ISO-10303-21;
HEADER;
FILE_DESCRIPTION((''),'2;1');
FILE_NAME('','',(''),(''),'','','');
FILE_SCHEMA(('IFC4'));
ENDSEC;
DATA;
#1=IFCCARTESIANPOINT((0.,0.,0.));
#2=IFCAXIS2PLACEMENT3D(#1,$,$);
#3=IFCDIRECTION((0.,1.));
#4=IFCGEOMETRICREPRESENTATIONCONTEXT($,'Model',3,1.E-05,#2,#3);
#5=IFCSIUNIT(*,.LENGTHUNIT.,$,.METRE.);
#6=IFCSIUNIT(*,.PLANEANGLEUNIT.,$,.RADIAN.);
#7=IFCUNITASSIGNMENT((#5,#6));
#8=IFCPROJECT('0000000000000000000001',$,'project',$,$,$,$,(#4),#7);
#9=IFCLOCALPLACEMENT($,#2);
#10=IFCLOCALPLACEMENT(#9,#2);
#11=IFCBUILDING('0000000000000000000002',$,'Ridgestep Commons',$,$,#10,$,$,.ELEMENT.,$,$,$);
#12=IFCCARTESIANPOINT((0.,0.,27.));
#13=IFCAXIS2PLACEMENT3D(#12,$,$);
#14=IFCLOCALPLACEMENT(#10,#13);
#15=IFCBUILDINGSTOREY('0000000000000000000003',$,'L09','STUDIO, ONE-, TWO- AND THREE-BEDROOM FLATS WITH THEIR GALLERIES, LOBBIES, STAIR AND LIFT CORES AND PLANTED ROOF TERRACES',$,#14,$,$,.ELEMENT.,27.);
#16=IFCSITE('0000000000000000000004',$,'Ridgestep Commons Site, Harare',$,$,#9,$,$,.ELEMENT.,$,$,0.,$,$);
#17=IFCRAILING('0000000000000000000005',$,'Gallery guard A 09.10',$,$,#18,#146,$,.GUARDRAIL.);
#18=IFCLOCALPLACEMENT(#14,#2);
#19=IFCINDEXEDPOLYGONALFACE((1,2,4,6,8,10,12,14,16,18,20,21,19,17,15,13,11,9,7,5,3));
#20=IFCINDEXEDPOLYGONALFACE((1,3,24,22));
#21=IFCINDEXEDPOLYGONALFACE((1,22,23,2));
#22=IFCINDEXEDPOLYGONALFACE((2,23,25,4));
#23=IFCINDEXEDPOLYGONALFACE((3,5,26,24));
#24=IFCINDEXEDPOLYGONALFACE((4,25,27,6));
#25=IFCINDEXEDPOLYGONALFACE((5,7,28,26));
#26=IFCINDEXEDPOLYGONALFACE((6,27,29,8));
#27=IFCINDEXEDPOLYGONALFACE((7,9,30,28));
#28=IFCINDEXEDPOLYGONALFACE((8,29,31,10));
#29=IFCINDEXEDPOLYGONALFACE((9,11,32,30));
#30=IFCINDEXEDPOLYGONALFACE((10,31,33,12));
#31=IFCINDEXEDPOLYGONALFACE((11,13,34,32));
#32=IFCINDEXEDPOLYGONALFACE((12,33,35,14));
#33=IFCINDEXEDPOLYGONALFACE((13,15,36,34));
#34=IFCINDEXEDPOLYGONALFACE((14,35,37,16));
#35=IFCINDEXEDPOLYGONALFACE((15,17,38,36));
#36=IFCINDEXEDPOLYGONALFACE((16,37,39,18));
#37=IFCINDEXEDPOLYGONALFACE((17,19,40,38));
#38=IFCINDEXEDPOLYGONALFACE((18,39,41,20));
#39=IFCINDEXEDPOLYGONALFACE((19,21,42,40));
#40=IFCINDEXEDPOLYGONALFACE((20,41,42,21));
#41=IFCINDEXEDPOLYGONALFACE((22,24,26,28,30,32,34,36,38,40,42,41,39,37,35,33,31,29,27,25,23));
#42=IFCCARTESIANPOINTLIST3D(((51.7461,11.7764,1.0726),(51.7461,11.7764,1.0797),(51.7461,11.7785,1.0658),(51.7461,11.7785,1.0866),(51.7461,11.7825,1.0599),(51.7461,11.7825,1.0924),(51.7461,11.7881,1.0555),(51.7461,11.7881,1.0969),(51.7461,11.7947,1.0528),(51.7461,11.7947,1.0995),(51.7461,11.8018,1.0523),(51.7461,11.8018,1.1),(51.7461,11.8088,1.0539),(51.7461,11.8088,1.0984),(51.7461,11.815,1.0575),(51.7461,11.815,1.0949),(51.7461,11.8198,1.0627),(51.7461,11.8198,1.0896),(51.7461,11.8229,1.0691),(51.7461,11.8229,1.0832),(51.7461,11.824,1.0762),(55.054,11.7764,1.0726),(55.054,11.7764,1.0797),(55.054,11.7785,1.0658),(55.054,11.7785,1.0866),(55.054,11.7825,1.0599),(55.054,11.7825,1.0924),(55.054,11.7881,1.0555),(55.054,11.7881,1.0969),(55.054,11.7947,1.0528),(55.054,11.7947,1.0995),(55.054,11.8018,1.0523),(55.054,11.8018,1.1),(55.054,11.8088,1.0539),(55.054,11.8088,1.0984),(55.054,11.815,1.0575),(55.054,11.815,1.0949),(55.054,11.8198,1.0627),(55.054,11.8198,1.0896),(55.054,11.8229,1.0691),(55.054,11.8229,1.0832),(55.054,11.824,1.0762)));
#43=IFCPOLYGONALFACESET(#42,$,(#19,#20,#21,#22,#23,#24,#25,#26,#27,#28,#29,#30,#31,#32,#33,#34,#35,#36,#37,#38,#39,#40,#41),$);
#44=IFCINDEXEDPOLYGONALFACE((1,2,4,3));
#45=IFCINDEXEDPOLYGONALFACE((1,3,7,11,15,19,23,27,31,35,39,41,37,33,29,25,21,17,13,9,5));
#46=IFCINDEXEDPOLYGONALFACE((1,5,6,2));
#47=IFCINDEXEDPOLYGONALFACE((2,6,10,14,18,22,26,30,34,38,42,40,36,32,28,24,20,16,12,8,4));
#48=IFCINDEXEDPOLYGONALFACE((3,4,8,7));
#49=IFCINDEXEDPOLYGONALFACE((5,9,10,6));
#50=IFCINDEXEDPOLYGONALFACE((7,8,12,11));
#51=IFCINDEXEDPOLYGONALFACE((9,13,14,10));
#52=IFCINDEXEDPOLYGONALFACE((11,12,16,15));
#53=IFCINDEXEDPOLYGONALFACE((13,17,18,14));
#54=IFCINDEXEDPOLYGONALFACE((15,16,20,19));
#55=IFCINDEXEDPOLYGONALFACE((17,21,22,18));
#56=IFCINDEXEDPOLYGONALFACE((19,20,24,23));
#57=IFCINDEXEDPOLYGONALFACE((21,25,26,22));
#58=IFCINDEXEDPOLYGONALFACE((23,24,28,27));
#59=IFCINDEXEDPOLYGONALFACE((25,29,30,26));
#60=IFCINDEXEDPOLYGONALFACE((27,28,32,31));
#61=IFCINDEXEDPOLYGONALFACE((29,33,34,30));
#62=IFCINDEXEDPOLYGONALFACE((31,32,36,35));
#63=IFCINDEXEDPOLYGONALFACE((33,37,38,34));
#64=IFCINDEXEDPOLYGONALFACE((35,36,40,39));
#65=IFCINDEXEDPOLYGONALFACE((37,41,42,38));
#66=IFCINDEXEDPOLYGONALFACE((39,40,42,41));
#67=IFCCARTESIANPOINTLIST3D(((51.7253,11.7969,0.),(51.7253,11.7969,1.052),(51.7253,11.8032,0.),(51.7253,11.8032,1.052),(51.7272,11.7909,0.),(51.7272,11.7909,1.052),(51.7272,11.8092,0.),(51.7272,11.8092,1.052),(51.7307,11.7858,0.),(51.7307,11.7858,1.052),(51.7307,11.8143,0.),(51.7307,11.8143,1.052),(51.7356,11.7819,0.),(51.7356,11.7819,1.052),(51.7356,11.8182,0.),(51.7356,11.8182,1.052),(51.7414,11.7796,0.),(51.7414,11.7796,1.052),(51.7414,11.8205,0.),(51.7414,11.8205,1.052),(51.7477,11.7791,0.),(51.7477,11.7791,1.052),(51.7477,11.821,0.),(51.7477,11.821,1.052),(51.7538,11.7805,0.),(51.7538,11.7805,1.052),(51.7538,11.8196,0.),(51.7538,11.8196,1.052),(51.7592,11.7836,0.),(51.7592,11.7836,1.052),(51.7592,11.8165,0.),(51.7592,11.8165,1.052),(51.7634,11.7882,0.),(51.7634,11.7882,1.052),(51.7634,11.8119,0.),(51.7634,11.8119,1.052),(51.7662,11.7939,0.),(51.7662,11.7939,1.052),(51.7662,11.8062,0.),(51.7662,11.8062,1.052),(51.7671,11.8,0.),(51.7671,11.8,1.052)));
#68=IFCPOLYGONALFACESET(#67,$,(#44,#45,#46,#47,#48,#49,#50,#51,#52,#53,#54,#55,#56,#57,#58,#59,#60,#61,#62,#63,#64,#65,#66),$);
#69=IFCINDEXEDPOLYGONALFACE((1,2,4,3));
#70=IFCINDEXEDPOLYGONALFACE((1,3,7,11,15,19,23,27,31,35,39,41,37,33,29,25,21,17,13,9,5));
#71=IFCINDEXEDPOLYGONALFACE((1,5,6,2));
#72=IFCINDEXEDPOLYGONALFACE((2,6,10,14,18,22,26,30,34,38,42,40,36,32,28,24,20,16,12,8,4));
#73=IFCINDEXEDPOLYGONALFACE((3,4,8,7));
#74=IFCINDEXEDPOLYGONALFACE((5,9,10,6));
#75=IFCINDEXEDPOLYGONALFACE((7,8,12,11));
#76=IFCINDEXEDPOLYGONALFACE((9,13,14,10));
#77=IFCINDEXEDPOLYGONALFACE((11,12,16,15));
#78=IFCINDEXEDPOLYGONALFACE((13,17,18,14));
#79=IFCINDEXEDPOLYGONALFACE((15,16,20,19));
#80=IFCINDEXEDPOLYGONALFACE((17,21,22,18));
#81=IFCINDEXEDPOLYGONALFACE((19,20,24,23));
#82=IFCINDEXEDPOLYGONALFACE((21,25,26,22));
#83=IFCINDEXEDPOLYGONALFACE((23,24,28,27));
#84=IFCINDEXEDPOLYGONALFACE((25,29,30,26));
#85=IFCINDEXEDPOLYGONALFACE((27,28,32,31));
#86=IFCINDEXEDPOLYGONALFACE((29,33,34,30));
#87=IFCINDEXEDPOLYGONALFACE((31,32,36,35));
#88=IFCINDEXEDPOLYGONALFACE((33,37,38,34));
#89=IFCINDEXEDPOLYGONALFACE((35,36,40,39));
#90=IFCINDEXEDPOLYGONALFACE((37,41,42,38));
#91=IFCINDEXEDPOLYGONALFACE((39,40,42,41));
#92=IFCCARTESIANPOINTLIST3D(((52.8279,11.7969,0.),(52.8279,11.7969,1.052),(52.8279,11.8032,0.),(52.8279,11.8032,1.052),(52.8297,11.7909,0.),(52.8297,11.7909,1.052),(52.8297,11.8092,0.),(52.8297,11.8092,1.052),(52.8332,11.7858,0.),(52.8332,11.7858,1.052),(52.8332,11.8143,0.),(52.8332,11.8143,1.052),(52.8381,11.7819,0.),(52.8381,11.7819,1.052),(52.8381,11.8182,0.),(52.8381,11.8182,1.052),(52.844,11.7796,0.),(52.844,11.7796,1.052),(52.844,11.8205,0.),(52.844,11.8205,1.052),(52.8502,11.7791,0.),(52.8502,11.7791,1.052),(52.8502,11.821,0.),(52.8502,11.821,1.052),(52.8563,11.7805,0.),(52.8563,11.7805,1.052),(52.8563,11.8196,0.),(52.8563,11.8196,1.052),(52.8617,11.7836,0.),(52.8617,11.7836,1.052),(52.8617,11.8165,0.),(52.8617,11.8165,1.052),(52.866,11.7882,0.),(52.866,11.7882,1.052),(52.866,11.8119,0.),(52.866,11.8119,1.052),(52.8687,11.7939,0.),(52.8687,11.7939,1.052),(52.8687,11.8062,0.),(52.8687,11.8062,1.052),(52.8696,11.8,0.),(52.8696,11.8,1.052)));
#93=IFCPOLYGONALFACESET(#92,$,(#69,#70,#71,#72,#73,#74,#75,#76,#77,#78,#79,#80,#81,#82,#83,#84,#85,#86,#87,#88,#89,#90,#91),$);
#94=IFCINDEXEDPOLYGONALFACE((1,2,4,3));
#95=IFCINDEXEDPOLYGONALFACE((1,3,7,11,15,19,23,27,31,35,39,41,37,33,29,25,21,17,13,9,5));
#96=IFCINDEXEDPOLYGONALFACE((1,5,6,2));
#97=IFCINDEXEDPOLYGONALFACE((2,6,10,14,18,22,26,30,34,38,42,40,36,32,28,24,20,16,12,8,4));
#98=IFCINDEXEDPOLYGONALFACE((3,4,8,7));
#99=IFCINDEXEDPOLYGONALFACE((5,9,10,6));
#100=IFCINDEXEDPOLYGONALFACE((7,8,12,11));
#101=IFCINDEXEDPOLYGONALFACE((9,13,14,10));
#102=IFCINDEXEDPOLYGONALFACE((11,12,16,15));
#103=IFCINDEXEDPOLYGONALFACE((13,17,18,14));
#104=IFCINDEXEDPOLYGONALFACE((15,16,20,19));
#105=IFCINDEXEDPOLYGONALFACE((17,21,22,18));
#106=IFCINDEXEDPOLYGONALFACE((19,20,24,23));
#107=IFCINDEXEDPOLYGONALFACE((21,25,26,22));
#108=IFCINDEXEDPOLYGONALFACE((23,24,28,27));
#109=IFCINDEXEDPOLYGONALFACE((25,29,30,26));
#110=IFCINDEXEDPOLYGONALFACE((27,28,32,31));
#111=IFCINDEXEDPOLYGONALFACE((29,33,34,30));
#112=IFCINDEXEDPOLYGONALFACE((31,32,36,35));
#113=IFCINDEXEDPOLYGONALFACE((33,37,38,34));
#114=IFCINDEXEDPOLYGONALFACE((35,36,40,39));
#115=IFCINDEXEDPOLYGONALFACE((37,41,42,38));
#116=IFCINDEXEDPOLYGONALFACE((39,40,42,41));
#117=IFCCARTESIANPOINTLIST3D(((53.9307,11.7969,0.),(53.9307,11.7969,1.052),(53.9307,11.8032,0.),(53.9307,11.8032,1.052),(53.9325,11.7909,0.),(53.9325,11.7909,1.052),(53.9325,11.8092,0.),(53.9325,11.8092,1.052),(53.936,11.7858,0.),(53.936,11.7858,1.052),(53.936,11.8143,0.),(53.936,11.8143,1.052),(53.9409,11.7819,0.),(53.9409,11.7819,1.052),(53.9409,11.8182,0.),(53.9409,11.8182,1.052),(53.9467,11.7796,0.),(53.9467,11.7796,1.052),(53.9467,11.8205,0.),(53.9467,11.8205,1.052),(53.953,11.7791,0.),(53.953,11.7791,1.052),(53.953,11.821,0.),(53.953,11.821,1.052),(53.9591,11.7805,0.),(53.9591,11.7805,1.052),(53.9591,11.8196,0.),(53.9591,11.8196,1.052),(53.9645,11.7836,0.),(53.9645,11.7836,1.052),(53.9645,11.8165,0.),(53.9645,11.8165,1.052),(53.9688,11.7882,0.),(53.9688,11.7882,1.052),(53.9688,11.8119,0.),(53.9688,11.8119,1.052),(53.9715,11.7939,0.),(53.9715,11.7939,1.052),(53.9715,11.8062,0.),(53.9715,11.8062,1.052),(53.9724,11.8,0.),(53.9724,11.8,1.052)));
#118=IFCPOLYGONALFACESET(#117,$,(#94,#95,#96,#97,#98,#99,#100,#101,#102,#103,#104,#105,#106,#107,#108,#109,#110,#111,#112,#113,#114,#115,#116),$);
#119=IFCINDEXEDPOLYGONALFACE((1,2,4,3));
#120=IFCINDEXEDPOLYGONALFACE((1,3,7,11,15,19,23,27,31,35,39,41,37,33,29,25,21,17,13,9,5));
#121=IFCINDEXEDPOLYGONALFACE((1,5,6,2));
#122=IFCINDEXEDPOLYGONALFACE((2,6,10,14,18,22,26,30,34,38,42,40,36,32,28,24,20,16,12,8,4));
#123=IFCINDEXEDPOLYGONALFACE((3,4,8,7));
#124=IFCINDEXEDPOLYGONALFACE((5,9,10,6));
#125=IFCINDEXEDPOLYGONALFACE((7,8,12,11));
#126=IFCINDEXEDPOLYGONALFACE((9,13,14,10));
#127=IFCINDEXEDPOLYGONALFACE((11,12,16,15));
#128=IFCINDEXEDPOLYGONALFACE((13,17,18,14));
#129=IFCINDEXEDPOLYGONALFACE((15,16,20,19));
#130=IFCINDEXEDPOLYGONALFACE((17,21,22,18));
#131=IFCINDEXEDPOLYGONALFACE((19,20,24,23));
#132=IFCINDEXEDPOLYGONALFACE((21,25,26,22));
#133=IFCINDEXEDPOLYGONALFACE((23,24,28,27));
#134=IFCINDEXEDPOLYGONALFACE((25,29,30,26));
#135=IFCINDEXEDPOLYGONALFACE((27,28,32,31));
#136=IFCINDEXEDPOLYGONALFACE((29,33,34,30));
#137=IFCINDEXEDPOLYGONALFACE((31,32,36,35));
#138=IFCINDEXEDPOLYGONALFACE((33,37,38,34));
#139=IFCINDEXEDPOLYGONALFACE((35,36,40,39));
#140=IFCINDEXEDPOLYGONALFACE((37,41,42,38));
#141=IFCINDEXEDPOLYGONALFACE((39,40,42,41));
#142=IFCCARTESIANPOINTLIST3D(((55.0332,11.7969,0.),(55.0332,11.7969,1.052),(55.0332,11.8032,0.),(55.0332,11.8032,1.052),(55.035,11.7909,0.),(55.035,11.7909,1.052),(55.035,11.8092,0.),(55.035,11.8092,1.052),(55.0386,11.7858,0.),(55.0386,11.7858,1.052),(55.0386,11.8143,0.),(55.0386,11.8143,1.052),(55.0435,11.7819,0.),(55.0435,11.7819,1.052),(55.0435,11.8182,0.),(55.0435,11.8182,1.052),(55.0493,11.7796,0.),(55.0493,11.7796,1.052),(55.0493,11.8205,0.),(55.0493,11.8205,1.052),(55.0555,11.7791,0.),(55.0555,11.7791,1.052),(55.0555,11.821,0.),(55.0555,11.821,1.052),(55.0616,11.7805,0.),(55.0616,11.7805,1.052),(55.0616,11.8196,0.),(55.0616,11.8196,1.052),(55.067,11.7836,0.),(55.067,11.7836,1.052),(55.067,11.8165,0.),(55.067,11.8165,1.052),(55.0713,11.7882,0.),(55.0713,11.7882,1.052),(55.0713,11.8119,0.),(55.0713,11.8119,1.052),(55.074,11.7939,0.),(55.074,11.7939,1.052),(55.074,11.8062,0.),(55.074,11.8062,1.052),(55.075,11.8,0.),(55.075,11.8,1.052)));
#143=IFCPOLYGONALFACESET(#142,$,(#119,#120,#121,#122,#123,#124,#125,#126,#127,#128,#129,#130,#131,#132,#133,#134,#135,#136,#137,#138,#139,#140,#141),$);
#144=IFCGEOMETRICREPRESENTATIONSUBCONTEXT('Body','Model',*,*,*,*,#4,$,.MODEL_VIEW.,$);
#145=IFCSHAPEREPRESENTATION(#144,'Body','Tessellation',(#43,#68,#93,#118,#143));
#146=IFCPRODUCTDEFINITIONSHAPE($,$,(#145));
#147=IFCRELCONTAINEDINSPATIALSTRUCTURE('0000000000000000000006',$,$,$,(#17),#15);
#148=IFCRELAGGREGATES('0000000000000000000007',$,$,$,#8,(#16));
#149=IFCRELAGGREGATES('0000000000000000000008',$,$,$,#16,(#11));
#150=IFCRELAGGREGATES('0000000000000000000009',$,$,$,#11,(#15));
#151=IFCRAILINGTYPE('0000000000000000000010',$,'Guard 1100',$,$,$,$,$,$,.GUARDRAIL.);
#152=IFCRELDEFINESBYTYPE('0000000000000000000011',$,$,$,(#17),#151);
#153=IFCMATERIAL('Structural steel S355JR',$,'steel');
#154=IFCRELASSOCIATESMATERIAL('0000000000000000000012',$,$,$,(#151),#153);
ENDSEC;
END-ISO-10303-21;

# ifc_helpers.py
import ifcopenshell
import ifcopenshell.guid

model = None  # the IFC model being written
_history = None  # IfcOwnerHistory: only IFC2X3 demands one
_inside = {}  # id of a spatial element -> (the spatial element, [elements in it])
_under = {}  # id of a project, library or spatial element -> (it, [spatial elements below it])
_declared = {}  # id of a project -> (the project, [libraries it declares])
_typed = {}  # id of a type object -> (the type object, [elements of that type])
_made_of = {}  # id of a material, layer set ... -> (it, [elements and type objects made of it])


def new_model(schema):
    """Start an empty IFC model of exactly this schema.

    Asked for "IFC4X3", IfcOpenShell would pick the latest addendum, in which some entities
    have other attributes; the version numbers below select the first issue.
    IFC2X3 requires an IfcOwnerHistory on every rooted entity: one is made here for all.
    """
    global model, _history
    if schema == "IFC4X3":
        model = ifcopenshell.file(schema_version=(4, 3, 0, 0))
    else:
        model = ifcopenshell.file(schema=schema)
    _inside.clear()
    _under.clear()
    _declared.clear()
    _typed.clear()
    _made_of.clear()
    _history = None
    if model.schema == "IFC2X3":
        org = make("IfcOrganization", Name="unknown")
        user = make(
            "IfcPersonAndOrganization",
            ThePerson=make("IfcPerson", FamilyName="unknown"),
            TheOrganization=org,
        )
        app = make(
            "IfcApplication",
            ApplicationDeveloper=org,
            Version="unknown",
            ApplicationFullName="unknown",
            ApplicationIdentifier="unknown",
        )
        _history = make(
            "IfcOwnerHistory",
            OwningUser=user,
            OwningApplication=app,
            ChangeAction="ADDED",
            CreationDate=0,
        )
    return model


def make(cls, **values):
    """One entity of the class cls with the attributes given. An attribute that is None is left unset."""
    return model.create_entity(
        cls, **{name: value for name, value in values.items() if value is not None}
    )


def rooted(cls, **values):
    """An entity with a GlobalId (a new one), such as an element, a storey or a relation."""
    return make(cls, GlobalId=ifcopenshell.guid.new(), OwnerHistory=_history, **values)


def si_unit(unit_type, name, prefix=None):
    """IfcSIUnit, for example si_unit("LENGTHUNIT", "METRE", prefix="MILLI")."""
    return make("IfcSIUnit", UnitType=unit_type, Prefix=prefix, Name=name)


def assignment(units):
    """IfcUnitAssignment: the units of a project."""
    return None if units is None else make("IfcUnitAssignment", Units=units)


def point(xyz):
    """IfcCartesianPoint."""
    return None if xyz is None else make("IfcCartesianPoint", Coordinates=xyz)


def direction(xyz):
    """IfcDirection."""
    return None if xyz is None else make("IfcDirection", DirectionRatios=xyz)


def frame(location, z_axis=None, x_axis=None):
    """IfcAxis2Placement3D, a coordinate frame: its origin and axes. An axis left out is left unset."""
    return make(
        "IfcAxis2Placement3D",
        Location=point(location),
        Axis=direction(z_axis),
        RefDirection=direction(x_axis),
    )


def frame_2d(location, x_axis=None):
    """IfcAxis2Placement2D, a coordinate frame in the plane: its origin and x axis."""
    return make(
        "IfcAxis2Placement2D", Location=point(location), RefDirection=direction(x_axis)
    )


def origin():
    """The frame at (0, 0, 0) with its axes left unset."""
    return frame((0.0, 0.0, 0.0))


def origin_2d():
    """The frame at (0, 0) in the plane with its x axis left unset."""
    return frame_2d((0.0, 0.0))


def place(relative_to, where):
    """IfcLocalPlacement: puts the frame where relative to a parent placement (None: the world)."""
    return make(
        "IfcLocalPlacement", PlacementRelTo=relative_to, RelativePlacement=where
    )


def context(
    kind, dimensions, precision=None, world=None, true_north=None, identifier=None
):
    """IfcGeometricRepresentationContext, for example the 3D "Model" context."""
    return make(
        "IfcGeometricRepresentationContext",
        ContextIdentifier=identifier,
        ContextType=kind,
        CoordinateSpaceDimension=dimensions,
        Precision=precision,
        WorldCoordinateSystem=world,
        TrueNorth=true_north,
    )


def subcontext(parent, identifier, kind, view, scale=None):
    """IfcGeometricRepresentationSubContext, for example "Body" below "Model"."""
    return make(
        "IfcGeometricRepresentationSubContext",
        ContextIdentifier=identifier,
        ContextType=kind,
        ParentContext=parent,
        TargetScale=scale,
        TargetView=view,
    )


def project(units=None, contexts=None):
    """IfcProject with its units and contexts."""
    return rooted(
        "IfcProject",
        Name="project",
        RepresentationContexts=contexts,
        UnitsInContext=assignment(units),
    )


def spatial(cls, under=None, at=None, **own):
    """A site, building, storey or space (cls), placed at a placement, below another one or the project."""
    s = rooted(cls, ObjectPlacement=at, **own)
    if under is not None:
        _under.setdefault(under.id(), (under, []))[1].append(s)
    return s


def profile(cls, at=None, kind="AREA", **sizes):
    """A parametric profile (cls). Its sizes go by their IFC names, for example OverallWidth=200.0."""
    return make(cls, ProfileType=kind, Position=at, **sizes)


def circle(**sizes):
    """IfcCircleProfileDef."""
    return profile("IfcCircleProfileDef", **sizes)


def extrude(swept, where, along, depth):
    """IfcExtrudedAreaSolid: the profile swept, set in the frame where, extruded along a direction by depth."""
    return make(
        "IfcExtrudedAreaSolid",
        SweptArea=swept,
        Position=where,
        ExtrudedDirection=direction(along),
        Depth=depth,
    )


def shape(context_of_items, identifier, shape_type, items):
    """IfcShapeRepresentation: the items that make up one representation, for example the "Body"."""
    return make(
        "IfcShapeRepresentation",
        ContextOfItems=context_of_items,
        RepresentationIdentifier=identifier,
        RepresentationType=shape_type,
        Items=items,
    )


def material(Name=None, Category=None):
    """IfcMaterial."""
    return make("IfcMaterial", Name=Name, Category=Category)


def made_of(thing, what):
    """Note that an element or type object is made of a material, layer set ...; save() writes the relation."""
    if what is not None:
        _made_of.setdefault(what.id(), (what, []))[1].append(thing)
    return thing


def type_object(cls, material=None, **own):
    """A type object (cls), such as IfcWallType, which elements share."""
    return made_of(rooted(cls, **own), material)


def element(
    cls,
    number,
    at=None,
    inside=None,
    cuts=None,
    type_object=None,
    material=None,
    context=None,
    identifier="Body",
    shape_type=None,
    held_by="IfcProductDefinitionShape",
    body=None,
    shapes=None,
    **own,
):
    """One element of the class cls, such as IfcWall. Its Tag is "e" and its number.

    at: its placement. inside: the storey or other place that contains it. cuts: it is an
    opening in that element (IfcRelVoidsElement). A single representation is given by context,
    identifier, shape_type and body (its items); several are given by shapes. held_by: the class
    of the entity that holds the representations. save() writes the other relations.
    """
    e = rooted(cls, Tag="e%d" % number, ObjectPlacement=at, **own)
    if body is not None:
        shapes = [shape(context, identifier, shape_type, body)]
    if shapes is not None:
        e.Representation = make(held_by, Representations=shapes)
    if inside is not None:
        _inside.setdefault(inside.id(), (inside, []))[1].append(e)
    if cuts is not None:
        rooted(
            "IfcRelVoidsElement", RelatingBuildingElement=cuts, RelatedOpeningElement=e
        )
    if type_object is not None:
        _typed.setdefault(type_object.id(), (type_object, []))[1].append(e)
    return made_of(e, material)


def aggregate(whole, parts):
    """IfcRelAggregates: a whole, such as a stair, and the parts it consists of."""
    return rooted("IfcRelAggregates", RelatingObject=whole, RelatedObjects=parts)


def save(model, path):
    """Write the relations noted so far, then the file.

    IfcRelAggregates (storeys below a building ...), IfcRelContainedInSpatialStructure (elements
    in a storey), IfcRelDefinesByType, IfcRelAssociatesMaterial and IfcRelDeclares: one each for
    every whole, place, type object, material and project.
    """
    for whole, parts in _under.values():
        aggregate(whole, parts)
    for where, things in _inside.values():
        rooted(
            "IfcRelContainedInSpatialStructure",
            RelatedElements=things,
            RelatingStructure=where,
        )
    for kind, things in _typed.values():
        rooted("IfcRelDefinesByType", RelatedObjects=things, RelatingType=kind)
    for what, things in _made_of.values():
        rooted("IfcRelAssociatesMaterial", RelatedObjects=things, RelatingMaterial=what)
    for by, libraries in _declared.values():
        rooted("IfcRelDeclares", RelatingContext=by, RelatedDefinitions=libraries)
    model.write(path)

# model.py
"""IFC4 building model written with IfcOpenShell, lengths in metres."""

from ifc_helpers import new_model, si_unit, direction, frame, origin, origin_2d, place, context, subcontext, project, spatial, circle, extrude, material, type_object, element, save


model = new_model("IFC4")

# Units and contexts
model_context = context("Model", 3, precision=1e-05, world=origin(), true_north=direction((0.0, 1.0)))
body_context = subcontext(model_context, "Body", "Model", "MODEL_VIEW")
ifc_project = project(units=[si_unit("LENGTHUNIT", "METRE"), si_unit("PLANEANGLEUNIT", "RADIAN")], contexts=[model_context])

# Site, building, storey
site_placement = place(None, origin())
site = spatial("IfcSite", under=ifc_project, at=site_placement, Name="Ridgestep Commons Site, Harare", CompositionType="ELEMENT", RefElevation=0.0)
building_placement = place(site_placement, origin())
building = spatial("IfcBuilding", under=site, at=building_placement, Name="Ridgestep Commons", CompositionType="ELEMENT")
storey_placement = place(building_placement, frame((0.0, 0.0, 27.0)))
storey = spatial("IfcBuildingStorey", under=building, at=storey_placement, Name="L09", Description="STUDIO, ONE-, TWO- AND THREE-BEDROOM FLATS WITH THEIR GALLERIES, LOBBIES, STAIR AND LIFT CORES AND PLANTED ROOF TERRACES", CompositionType="ELEMENT", Elevation=27.0)

# Railing
ifc_material_1 = material(Name="Structural steel S355JR", Category="steel")
railing_type_1 = type_object("IfcRailingType", Name="Guard 1100", PredefinedType="GUARDRAIL", material=ifc_material_1)
railing_1_placement = place(storey_placement, frame((51.7461, 11.8, 0.0)))
element("IfcRailing", 1, at=railing_1_placement, inside=storey, type_object=railing_type_1, Name="Gallery guard A 09.10", PredefinedType="GUARDRAIL", context=body_context, shape_type="SweptSolid", body=[
    extrude(circle(Radius=0.0239, at=origin_2d()), frame((0.0, 0.0, 1.0762), z_axis=(1.0, 0.0, 0.0), x_axis=(0.0, 1.0, 0.0)), (0.0, 0.0, 1.0), 3.3079),
    extrude(circle(Radius=0.021, at=origin_2d()), origin(), (0.0, 0.0, 1.0), 1.052),
    extrude(circle(Radius=0.021, at=origin_2d()), frame((1.1025, 0.0, 0.0)), (0.0, 0.0, 1.0), 1.052),
    extrude(circle(Radius=0.021, at=origin_2d()), frame((2.2053, 0.0, 0.0)), (0.0, 0.0, 1.0), 1.052),
    extrude(circle(Radius=0.021, at=origin_2d()), frame((3.3079, 0.0, 0.0)), (0.0, 0.0, 1.0), 1.052),
])

save(model, "model.ifc")
